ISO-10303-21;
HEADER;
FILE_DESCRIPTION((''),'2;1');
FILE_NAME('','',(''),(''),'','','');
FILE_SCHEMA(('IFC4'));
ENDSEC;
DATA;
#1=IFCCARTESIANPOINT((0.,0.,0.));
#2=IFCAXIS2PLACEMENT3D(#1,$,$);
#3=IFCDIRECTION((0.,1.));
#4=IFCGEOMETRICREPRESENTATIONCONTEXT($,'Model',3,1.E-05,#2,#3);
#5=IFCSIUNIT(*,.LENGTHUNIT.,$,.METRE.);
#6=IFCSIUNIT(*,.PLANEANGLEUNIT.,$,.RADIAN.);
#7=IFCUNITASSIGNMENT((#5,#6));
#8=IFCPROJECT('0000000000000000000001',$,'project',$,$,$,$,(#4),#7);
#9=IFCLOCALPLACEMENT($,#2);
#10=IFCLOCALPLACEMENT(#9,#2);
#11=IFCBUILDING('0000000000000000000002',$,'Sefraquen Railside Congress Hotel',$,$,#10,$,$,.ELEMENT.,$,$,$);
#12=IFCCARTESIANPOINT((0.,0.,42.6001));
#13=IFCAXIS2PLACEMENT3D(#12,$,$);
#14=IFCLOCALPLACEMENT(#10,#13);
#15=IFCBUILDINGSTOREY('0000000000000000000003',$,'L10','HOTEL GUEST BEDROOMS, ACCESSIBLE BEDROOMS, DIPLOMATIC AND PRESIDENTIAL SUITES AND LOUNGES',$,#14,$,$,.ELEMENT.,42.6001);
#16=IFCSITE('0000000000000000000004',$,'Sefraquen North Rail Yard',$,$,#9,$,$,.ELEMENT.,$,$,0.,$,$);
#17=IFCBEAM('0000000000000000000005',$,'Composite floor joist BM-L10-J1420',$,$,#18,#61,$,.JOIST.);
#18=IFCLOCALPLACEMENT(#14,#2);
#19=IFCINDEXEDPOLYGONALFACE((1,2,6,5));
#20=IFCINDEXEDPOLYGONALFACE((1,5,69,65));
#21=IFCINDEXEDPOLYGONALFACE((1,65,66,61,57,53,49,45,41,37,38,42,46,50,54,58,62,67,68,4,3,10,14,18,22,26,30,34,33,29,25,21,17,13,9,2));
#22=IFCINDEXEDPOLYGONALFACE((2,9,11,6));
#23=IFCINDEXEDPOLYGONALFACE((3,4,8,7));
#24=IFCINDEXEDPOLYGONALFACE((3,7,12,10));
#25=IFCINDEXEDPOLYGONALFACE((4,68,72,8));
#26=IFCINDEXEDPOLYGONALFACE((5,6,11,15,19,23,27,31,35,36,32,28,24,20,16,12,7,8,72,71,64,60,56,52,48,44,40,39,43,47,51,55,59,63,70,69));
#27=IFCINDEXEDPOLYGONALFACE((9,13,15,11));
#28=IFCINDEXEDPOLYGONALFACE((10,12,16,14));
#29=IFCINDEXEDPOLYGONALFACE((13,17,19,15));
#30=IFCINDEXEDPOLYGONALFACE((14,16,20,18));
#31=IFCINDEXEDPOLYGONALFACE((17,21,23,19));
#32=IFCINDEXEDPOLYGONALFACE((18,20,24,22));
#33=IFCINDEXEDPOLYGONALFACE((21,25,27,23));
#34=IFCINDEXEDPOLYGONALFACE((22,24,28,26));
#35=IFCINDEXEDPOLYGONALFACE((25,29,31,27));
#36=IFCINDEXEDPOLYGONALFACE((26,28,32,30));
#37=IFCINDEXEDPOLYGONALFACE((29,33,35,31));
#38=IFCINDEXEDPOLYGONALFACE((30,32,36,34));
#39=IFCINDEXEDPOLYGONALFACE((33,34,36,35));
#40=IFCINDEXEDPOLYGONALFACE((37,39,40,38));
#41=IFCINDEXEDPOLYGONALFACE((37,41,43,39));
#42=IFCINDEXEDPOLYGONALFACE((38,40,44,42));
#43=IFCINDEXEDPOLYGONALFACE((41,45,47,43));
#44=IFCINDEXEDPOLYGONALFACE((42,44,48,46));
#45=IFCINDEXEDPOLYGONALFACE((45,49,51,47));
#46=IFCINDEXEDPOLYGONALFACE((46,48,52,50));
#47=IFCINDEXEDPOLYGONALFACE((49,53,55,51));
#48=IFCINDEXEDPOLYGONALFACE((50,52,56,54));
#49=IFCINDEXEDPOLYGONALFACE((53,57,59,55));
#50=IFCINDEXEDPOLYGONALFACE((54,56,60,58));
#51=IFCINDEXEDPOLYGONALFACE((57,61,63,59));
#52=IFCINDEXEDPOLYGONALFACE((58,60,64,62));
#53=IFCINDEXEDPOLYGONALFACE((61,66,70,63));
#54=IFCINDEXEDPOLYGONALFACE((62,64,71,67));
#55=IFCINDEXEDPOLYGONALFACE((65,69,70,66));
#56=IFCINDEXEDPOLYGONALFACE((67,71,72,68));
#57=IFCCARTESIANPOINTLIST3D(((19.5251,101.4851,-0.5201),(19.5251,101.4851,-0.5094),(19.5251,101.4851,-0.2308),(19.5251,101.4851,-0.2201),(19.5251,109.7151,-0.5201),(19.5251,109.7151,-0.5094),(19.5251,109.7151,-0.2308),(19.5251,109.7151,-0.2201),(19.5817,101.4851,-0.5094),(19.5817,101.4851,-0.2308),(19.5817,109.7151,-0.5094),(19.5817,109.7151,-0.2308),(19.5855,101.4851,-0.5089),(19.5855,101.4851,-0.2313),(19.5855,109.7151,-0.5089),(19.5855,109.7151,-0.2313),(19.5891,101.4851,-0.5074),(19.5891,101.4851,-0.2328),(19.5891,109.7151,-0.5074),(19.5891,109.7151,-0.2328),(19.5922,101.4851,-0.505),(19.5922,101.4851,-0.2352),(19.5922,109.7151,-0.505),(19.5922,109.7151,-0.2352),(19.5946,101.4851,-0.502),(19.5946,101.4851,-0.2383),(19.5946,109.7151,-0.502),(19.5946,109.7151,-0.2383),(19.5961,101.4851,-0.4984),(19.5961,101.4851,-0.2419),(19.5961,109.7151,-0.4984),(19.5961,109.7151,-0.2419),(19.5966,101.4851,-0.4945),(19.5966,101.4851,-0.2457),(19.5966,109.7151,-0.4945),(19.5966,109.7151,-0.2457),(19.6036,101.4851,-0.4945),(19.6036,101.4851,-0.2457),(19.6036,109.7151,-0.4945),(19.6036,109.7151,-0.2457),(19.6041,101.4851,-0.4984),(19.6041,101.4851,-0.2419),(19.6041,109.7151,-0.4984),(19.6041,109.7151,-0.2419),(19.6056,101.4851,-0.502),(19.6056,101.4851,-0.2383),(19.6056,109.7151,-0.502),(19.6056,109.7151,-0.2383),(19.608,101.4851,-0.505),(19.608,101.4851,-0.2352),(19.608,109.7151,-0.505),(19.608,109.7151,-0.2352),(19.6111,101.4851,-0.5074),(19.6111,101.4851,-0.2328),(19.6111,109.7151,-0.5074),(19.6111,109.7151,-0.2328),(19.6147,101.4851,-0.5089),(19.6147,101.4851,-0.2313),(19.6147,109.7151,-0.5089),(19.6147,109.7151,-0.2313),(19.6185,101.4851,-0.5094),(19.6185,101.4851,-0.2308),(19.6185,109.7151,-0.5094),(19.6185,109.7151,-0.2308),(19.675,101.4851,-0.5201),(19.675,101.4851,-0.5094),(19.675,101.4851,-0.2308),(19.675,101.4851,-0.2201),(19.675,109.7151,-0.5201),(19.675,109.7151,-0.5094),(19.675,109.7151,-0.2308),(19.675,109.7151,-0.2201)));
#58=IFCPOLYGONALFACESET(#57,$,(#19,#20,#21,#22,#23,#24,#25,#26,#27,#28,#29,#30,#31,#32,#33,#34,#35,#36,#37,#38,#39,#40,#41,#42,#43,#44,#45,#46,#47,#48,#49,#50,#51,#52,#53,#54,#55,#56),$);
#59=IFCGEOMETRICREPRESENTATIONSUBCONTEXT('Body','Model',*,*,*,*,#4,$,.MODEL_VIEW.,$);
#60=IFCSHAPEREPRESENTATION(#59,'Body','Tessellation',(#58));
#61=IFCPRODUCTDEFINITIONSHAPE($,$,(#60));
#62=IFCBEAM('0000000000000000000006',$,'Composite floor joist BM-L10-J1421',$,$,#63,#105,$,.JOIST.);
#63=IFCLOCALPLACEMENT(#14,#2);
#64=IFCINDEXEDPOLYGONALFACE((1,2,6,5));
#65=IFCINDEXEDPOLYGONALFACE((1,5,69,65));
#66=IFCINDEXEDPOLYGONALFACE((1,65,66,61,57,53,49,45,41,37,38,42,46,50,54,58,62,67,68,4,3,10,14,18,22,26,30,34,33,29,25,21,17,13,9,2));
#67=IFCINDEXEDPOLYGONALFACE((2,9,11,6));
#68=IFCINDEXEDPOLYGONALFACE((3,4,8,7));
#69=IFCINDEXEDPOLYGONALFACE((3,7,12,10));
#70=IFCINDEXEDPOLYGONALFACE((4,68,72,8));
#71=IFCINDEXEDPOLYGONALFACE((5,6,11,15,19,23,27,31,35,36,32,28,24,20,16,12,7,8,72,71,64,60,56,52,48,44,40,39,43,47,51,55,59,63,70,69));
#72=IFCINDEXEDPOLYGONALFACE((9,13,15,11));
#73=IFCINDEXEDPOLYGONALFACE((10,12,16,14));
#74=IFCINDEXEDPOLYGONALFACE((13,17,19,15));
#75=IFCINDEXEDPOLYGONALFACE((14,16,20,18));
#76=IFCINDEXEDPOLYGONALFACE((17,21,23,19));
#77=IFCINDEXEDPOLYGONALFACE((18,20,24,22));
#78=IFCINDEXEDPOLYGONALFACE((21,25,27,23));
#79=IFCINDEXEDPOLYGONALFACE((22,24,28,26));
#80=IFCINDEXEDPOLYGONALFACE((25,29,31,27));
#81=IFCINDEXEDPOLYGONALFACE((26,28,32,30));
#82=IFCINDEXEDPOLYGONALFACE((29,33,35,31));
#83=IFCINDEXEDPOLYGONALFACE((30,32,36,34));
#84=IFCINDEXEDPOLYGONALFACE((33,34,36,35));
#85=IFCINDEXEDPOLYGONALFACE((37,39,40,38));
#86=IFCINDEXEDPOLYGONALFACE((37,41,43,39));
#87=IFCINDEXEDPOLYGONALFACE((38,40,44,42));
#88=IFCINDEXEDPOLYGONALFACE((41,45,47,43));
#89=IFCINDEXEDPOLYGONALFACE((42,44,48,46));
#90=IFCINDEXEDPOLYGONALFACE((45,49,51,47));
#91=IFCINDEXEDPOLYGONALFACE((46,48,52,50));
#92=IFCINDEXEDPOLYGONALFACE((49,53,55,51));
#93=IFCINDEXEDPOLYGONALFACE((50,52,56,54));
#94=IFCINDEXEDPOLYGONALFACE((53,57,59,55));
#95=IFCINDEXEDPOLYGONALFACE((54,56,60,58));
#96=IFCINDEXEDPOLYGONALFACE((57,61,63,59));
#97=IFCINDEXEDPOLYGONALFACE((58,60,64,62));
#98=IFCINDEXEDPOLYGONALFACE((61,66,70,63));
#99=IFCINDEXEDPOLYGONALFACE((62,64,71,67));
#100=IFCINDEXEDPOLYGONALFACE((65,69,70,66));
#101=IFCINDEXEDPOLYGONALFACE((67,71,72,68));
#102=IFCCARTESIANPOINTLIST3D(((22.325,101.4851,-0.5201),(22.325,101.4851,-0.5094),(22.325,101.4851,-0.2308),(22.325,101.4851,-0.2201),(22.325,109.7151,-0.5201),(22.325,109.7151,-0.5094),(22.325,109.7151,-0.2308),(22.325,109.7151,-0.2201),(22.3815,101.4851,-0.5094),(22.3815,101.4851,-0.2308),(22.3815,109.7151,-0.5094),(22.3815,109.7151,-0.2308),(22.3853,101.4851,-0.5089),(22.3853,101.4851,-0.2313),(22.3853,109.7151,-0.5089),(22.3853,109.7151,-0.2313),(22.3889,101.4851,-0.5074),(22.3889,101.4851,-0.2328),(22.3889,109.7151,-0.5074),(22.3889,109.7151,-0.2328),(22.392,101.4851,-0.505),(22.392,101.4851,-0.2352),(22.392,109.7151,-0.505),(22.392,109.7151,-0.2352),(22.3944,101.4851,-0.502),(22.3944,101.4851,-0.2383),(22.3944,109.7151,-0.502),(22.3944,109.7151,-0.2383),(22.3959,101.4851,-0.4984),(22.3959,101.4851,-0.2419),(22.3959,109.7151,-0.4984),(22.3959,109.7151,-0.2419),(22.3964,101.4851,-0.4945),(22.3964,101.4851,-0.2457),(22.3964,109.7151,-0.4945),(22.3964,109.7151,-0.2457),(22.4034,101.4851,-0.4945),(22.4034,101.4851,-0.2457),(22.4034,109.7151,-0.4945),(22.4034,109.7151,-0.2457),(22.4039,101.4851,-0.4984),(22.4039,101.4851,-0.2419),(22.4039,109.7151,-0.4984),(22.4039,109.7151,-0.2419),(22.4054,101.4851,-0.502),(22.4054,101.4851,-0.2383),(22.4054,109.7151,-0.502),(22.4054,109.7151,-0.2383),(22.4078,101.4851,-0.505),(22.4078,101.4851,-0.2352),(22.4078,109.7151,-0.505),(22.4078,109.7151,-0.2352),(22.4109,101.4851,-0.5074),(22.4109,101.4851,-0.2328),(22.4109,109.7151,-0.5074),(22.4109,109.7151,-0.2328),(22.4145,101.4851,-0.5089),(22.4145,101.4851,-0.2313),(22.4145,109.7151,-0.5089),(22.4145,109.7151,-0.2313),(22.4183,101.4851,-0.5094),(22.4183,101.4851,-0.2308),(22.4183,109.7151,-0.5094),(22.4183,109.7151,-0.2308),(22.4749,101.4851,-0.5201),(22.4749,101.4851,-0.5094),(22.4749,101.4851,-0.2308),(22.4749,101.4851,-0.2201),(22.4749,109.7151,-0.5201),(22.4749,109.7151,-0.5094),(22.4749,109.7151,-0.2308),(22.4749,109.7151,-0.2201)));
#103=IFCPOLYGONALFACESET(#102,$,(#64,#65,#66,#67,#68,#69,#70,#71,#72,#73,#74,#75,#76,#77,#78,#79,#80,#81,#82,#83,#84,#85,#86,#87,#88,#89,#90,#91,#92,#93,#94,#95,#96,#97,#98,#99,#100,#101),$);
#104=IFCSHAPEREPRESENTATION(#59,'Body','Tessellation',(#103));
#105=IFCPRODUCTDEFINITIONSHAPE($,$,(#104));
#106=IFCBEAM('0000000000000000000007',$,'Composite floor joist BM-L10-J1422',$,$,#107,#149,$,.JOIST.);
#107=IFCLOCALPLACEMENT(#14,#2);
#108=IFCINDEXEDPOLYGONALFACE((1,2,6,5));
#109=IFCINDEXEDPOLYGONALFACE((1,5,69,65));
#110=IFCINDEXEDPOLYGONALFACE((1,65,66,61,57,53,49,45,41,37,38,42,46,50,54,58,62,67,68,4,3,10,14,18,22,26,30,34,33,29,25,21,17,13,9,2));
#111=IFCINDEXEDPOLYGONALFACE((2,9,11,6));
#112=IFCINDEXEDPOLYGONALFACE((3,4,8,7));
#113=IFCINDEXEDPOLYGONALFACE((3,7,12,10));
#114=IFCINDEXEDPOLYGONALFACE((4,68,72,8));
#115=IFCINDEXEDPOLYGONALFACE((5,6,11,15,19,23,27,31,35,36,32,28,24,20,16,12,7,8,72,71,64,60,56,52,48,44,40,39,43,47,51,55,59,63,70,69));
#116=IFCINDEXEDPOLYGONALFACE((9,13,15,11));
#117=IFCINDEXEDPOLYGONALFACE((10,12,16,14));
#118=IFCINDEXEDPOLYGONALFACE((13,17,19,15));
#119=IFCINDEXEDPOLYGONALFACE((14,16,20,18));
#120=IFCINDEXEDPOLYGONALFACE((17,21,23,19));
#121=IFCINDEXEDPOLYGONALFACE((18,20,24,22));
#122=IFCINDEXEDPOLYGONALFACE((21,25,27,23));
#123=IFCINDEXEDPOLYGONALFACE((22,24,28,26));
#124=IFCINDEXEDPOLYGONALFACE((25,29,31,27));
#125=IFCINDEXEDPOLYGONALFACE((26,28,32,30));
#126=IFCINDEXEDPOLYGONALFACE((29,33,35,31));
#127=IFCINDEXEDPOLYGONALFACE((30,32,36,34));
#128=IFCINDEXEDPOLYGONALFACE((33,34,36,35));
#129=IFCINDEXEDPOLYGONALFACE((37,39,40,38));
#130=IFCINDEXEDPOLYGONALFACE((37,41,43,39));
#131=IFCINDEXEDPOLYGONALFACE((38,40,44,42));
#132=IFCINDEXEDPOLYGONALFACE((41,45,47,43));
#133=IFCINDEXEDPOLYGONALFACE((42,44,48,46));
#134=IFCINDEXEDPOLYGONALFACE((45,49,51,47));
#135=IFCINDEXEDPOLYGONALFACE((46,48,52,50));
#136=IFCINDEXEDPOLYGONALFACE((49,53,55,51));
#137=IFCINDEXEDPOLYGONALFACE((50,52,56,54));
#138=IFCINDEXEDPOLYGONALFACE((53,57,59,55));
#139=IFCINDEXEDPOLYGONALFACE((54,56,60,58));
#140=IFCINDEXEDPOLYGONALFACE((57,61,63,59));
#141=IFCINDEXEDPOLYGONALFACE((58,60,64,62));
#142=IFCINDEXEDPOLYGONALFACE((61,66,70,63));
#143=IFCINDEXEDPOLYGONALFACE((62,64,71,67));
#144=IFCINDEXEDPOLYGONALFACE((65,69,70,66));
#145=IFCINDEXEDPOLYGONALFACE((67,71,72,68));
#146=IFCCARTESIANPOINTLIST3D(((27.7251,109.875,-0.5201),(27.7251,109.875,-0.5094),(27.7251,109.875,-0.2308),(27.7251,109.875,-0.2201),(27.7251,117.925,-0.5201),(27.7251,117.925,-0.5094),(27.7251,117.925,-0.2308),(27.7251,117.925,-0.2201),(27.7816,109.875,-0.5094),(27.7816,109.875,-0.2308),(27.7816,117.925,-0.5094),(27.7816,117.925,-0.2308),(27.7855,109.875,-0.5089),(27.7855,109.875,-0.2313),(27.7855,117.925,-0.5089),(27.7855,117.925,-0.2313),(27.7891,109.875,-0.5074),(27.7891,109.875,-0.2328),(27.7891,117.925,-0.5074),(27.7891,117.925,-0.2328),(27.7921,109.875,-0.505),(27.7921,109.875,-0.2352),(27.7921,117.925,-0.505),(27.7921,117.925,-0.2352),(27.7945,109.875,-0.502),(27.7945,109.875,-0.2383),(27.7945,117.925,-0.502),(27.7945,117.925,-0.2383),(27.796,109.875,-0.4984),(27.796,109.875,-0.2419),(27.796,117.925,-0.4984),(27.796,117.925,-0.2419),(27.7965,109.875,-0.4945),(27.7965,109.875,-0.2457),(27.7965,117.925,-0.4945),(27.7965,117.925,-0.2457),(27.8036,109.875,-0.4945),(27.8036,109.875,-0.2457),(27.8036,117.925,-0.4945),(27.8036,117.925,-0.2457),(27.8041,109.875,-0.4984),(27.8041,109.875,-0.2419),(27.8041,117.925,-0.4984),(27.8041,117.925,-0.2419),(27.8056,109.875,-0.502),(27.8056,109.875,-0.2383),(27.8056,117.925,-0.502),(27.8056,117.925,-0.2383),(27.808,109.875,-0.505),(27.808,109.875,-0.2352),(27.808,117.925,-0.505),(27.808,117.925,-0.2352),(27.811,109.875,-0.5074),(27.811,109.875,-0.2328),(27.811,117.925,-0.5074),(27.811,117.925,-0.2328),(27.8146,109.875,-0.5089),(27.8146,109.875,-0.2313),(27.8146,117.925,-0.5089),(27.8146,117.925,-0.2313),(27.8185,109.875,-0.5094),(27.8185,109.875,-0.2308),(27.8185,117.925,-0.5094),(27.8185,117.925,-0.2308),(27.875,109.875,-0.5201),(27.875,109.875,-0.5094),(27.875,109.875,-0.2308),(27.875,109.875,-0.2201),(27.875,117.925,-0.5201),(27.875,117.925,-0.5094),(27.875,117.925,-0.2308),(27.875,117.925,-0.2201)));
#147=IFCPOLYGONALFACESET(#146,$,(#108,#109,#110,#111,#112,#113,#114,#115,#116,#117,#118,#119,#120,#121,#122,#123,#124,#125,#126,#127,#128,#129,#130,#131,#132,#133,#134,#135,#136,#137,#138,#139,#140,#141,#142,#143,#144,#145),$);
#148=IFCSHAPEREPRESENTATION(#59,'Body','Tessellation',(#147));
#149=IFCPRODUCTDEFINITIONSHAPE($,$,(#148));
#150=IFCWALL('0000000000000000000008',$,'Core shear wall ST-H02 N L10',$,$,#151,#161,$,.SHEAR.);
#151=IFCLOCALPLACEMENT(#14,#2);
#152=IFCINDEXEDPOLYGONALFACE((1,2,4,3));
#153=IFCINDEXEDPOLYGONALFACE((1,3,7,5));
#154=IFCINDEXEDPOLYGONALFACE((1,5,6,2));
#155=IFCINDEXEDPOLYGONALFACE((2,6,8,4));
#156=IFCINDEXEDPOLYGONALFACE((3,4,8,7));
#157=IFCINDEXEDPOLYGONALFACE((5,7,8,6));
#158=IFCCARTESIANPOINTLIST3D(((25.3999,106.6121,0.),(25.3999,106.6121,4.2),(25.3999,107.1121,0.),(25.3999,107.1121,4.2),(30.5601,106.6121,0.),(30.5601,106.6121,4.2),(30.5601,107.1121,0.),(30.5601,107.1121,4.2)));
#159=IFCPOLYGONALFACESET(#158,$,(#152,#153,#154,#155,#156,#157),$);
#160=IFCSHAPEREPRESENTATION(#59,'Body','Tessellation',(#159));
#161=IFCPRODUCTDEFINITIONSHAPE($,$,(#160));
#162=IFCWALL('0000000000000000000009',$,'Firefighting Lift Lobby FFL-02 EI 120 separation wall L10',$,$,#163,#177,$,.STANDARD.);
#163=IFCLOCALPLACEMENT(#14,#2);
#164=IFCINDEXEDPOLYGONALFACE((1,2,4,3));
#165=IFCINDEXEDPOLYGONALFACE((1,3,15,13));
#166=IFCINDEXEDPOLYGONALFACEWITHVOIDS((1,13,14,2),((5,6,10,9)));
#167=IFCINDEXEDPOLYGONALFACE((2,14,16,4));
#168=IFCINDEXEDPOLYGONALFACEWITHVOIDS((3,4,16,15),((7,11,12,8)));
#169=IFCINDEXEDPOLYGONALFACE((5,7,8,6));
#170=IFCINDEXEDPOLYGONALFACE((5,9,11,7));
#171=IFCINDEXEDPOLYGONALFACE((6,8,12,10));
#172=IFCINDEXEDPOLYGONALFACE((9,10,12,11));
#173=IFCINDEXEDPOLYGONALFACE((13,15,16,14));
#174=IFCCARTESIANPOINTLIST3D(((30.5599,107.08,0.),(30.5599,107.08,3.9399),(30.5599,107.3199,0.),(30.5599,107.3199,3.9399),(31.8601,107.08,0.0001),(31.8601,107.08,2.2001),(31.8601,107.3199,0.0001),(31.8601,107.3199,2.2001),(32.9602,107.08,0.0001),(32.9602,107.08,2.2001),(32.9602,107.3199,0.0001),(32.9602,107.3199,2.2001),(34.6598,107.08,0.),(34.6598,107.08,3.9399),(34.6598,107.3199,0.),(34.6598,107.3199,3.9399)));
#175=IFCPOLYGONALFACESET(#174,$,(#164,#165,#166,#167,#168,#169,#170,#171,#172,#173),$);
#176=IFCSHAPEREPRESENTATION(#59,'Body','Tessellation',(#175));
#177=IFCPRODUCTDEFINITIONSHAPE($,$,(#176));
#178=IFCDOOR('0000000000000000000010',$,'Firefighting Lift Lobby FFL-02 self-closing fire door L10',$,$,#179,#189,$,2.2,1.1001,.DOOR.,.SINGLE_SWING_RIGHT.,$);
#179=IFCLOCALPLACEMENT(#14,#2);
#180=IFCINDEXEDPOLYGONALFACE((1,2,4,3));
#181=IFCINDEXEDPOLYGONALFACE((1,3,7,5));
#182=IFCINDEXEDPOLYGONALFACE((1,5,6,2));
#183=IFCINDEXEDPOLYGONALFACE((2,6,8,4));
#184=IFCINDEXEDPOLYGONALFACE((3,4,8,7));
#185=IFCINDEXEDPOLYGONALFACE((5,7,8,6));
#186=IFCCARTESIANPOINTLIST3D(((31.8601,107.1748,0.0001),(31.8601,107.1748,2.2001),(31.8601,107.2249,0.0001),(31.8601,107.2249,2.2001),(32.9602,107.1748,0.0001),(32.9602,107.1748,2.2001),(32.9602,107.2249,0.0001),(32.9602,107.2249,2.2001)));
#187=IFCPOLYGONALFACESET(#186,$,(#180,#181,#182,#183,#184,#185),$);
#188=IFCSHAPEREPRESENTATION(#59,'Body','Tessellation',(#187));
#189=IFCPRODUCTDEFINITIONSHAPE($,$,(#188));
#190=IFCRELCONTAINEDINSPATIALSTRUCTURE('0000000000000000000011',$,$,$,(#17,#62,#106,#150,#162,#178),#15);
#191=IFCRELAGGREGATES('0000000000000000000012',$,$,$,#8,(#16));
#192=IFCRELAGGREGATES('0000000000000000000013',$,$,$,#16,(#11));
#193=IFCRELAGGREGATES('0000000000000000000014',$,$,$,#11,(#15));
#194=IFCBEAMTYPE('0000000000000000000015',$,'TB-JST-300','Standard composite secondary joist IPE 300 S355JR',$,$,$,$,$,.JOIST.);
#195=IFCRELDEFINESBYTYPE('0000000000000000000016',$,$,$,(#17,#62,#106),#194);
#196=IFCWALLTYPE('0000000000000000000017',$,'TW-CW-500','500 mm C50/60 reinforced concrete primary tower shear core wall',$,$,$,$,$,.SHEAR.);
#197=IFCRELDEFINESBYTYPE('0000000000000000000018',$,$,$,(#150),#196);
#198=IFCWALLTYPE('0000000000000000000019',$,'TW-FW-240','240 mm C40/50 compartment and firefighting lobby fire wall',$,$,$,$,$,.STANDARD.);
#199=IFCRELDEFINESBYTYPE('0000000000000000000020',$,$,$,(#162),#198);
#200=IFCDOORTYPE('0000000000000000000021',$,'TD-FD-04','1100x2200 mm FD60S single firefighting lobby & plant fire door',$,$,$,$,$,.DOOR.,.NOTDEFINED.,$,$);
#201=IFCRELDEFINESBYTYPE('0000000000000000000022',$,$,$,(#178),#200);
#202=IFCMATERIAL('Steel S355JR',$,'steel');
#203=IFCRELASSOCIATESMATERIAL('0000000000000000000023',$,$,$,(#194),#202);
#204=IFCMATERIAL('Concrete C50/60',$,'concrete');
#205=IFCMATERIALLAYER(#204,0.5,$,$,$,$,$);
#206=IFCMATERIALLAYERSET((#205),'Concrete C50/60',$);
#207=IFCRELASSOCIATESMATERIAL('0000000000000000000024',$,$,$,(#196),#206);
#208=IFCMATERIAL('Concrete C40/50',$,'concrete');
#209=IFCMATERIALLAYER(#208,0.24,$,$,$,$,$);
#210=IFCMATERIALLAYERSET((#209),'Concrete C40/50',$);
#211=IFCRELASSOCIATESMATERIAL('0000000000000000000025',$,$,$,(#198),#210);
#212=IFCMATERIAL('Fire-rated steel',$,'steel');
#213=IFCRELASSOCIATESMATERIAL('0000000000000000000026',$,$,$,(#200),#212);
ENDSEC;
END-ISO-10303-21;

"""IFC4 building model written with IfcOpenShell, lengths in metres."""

from ifc_helpers import new_model, si_unit, direction, frame, frame_2d, origin, origin_2d, place, context, subcontext, project, spatial, rectangle, i_section, extrude, material, layer, layer_set, material_profile, profile_set, type_object, element, fill, save


model = new_model("IFC4")

# Units and contexts
model_context = context("Model", 3, precision=1e-05, world=origin(), true_north=direction((0.0, 1.0)))
body_context = subcontext(model_context, "Body", "Model", "MODEL_VIEW")
ifc_project = project(units=[si_unit("LENGTHUNIT", "METRE"), si_unit("PLANEANGLEUNIT", "RADIAN")], contexts=[model_context])

# Site, building, storey
site_placement = place(None, origin())
site = spatial("IfcSite", under=ifc_project, at=site_placement, Name="Sefraquen North Rail Yard", CompositionType="ELEMENT", RefElevation=0.0)
building_placement = place(site_placement, origin())
building = spatial("IfcBuilding", under=site, at=building_placement, Name="Sefraquen Railside Congress Hotel", CompositionType="ELEMENT")
storey_placement = place(building_placement, frame((0.0, 0.0, 42.6001)))
storey = spatial("IfcBuildingStorey", under=building, at=storey_placement, Name="L10", Description="HOTEL GUEST BEDROOMS, ACCESSIBLE BEDROOMS, DIPLOMATIC AND PRESIDENTIAL SUITES AND LOUNGES", CompositionType="ELEMENT", Elevation=42.6001)

# Shared definitions
ifc_material_1 = material(Name="Steel S355JR", Category="steel")

# Beams
ifc_material_profile_1 = material_profile(ifc_material_1, i_section(OverallWidth=0.1499, OverallDepth=0.3, WebThickness=0.0071, FlangeThickness=0.0107, FilletRadius=0.0149, at=origin_2d()), Name="IPE 300")
ifc_profile_set_1 = profile_set([ifc_material_profile_1], Name="Steel S355JR")
beam_type_1 = type_object("IfcBeamType", Name="TB-JST-300", Description="Standard composite secondary joist IPE 300 S355JR", PredefinedType="JOIST", material=ifc_profile_set_1)
for number, where, z_axis, x_axis, name in (
    (1, (19.6001, 101.4851, -0.3701), (0.0, 1.0, 0.0), (-1.0, 0.0, 0.0), "Composite floor joist BM-L10-J1420"),
    (2, (22.3999, 101.4851, -0.3701), (0.0, 1.0, 0.0), (-1.0, 0.0, 0.0), "Composite floor joist BM-L10-J1421"),
):
    element("IfcBeam", number, at=place(storey_placement, frame(where, z_axis=z_axis, x_axis=x_axis)), inside=storey, type_object=beam_type_1, Name=name, PredefinedType="JOIST", context=body_context, shape_type="SweptSolid", body=[
        extrude(i_section(OverallWidth=0.1499, OverallDepth=0.3, WebThickness=0.0071, FlangeThickness=0.0107, FilletRadius=0.0149, at=origin_2d()), origin(), (0.0, 0.0, 1.0), 8.23),
    ])
beam_1_placement = place(storey_placement, frame((27.8, 109.875, -0.3701), z_axis=(0.0, 1.0, 0.0), x_axis=(-1.0, 0.0, 0.0)))
element("IfcBeam", 3, at=beam_1_placement, inside=storey, type_object=beam_type_1, Name="Composite floor joist BM-L10-J1422", PredefinedType="JOIST", context=body_context, shape_type="SweptSolid", body=[
    extrude(i_section(OverallWidth=0.1499, OverallDepth=0.3, WebThickness=0.0071, FlangeThickness=0.0107, FilletRadius=0.0149, at=origin_2d()), origin(), (0.0, 0.0, 1.0), 8.05),
])

# Wall
ifc_material_2 = material(Name="Concrete C50/60", Category="concrete")
ifc_layer_1 = layer(ifc_material_2, 0.5)
ifc_layer_set_1 = layer_set([ifc_layer_1], Name="Concrete C50/60")
wall_type_1 = type_object("IfcWallType", Name="TW-CW-500", Description="500 mm C50/60 reinforced concrete primary tower shear core wall", PredefinedType="SHEAR", material=ifc_layer_set_1)
wall_1_placement = place(storey_placement, frame((25.3999, 106.8621, 0.0), z_axis=(0.0, 0.0, 1.0), x_axis=(1.0, 0.0, 0.0)))
element("IfcWall", 4, at=wall_1_placement, inside=storey, type_object=wall_type_1, Name="Core shear wall ST-H02 N L10", PredefinedType="SHEAR", context=body_context, shape_type="SweptSolid", body=[
    extrude(rectangle(XDim=5.1602, YDim=0.5, at=frame_2d((2.5801, 0.0))), origin(), (0.0, 0.0, 1.0), 4.2),
])

# Wall, opening, door
ifc_material_3 = material(Name="Concrete C40/50", Category="concrete")
ifc_layer_2 = layer(ifc_material_3, 0.24)
ifc_layer_set_2 = layer_set([ifc_layer_2], Name="Concrete C40/50")
wall_type_2 = type_object("IfcWallType", Name="TW-FW-240", Description="240 mm C40/50 compartment and firefighting lobby fire wall", PredefinedType="STANDARD", material=ifc_layer_set_2)
wall_2_placement = place(storey_placement, frame((30.5601, 107.2, 0.0), z_axis=(0.0, 0.0, 1.0), x_axis=(1.0, 0.0, 0.0)))
wall_2 = element("IfcWall", 5, at=wall_2_placement, inside=storey, type_object=wall_type_2, Name="Firefighting Lift Lobby FFL-02 EI 120 separation wall L10", PredefinedType="STANDARD", context=body_context, shape_type="SweptSolid", body=[
    extrude(rectangle(XDim=4.0999, YDim=0.24, at=frame_2d((2.0498, 0.0))), origin(), (0.0, 0.0, 1.0), 3.9399),
])
opening_placement = place(wall_2_placement, frame((1.3, 0.0, 0.0)))
opening = element("IfcOpeningElement", 6, at=opening_placement, cuts=wall_2, PredefinedType="OPENING", context=body_context, shape_type="SweptSolid", body=[
    extrude(rectangle(XDim=1.1001, YDim=2.2, at=frame_2d((0.55, 1.1001))), frame((0.0, 0.1299, 0.0), z_axis=(0.0, -1.0, 0.0), x_axis=(1.0, 0.0, 0.0)), (0.0, 0.0, 1.0), 0.26),
])
ifc_material_4 = material(Name="Fire-rated steel", Category="steel")
door_type = type_object("IfcDoorType", Name="TD-FD-04", Description="1100x2200 mm FD60S single firefighting lobby & plant fire door", OperationType="NOTDEFINED", PredefinedType="DOOR", material=ifc_material_4)
door_placement = place(opening_placement, origin())
door = element("IfcDoor", 7, at=door_placement, inside=storey, type_object=door_type, Name="Firefighting Lift Lobby FFL-02 self-closing fire door L10", OperationType="SINGLE_SWING_RIGHT", OverallHeight=2.2, OverallWidth=1.1001, PredefinedType="DOOR", context=body_context, shape_type="SweptSolid", body=[
    extrude(rectangle(XDim=1.1001, YDim=2.2, at=frame_2d((0.55, 1.1001))), frame((0.0, 0.0249, 0.0), z_axis=(0.0, -1.0, 0.0), x_axis=(1.0, 0.0, 0.0)), (0.0, 0.0, 1.0), 0.05),
])
fill(opening, door)

save(model, "model.ifc")
